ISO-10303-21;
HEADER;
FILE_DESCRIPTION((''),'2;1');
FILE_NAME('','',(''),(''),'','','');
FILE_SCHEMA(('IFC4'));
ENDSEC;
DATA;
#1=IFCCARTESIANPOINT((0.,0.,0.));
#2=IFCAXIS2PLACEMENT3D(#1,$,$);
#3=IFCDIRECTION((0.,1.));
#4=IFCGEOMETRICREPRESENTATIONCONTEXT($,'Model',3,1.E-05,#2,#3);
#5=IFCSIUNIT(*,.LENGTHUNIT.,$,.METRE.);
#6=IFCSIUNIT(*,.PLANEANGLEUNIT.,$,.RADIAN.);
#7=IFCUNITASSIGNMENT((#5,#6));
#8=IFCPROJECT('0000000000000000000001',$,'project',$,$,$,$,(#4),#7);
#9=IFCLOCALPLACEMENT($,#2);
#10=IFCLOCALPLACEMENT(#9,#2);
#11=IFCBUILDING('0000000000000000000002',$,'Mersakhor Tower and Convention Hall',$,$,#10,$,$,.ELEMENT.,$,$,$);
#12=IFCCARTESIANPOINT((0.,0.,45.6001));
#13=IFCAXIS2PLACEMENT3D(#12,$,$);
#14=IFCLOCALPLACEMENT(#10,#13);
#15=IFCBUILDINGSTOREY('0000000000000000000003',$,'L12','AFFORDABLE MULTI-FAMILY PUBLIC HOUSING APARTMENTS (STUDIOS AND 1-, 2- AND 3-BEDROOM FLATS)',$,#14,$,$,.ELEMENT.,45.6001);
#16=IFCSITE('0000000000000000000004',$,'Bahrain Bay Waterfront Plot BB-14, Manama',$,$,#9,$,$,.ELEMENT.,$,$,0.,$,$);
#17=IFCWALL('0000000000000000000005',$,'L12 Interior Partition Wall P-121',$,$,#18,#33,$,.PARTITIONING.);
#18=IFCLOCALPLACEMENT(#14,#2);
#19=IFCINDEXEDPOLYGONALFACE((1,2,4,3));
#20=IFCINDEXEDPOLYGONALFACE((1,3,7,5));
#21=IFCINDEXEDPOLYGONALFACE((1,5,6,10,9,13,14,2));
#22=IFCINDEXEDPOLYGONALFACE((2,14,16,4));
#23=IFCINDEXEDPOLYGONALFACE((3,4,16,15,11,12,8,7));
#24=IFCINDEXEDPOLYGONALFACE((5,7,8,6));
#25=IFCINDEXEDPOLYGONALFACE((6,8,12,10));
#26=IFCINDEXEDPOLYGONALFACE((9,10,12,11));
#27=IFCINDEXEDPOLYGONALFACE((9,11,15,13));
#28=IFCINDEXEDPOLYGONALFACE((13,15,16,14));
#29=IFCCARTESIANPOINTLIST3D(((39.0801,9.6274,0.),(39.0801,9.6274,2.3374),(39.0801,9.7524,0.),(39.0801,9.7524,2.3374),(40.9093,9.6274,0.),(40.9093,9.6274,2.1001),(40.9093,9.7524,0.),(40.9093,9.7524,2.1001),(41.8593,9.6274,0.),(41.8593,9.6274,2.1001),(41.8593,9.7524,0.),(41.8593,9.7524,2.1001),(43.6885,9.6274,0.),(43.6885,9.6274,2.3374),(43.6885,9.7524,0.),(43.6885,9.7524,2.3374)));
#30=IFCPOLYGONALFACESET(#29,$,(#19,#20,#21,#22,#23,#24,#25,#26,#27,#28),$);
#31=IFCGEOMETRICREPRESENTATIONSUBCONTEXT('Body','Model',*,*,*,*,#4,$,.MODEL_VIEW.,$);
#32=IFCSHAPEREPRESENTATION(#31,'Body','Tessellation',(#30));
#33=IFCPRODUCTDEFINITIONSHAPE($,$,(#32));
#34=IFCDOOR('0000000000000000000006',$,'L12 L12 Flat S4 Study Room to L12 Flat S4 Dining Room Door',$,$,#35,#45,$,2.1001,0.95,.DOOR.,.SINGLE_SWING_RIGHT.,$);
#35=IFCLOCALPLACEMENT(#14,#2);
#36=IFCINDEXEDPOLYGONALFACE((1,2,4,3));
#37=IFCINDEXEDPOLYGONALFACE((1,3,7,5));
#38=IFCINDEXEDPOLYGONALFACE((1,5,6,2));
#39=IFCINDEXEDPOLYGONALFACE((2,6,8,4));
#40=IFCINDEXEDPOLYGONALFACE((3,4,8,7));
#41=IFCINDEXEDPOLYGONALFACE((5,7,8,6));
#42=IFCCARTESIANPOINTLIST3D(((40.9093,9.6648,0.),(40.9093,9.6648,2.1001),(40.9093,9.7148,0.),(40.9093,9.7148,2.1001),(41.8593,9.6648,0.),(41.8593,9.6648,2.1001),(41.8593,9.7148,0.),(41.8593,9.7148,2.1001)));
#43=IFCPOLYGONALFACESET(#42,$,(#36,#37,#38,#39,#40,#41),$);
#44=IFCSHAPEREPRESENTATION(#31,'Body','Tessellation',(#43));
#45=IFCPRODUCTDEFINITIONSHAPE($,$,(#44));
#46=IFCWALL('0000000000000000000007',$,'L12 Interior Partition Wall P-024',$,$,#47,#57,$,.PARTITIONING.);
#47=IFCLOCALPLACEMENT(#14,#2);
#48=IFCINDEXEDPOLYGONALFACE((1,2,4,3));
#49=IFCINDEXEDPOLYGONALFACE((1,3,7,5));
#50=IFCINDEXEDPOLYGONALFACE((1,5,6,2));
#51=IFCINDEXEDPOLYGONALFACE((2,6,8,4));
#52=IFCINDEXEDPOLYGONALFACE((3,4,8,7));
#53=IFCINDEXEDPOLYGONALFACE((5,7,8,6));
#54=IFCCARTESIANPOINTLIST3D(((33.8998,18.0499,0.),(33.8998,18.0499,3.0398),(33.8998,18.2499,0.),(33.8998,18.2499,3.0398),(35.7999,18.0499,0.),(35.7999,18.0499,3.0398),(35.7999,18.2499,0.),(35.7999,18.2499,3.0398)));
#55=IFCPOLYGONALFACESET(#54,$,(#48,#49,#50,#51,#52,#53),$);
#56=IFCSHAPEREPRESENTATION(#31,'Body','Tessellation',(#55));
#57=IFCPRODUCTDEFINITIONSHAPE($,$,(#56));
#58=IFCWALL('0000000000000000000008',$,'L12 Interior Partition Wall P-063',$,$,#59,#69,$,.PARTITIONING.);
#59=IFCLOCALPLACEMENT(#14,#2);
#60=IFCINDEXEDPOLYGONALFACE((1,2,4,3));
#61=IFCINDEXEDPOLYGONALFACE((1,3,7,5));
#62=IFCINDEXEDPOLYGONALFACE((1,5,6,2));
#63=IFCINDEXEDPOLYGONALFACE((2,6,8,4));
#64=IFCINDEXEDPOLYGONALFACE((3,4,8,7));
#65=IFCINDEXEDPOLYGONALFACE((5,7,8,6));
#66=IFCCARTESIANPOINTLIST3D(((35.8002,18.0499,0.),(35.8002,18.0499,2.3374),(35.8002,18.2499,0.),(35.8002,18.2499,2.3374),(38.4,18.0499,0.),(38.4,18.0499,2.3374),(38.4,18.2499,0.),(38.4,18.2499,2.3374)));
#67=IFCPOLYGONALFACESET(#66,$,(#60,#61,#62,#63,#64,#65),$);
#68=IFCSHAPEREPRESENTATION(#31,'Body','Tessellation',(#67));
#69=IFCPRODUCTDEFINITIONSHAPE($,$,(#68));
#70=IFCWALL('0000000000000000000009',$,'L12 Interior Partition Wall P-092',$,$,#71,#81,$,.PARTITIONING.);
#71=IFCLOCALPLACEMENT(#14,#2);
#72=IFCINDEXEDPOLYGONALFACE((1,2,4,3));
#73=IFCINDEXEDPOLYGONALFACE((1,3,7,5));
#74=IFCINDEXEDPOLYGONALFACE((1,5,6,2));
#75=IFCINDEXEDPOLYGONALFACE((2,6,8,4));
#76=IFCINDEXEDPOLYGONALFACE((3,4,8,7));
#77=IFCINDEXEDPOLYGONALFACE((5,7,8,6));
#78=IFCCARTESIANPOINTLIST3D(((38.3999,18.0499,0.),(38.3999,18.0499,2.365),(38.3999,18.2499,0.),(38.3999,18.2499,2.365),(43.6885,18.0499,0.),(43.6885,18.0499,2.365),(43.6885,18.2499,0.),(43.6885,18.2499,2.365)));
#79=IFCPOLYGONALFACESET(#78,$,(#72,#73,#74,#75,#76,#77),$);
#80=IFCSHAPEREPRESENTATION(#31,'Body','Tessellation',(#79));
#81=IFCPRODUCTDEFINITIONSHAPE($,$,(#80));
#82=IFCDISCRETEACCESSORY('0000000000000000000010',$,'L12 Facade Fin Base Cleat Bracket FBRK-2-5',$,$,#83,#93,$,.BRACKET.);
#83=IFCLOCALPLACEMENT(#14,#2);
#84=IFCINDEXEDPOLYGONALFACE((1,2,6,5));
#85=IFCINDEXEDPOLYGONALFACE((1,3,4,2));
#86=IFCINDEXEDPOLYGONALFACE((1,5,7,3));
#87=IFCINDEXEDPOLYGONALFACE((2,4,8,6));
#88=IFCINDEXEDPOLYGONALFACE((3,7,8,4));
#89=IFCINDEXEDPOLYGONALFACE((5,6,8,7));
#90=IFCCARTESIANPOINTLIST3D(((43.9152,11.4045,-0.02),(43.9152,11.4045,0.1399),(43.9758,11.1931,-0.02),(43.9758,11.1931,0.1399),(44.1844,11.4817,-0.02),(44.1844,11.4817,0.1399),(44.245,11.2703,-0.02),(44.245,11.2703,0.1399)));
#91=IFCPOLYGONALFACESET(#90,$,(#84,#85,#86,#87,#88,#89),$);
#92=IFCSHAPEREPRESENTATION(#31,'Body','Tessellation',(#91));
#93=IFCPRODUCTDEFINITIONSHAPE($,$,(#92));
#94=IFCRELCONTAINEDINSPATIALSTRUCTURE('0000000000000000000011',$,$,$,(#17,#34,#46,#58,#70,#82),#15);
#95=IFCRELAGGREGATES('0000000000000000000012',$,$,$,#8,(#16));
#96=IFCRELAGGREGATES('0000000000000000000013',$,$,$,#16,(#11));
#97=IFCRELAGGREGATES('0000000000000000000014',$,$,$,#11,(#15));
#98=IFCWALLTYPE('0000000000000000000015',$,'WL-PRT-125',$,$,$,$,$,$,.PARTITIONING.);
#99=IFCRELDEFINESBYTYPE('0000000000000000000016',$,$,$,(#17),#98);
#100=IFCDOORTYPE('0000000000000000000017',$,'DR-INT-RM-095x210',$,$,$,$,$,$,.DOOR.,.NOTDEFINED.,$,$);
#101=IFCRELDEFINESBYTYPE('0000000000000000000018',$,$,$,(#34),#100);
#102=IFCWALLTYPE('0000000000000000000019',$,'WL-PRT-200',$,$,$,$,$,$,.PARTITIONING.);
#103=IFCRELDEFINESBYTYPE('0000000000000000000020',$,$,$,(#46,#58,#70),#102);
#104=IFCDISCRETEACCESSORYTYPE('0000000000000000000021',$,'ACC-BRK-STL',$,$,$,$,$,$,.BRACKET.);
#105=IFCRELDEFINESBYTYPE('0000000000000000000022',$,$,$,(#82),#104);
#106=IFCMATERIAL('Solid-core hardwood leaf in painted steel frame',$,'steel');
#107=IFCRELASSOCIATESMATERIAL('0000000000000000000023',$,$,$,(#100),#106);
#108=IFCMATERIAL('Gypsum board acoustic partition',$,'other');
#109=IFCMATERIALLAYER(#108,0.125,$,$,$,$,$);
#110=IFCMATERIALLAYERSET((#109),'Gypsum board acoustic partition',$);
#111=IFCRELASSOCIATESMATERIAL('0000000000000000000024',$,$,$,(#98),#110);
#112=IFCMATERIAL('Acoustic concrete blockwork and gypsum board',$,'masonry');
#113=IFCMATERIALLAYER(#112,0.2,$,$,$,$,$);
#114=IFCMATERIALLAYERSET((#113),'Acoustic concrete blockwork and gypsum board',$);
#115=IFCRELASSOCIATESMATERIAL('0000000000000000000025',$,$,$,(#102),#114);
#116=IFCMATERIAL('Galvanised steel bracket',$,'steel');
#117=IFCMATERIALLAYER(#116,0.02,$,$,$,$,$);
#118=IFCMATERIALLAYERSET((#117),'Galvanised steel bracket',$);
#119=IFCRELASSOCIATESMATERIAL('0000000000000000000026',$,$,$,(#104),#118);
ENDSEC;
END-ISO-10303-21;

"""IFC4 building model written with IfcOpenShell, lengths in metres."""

from ifc_helpers import new_model, si_unit, direction, frame, frame_2d, origin, origin_2d, place, context, subcontext, project, spatial, rectangle, extrude, material, layer, layer_set, type_object, element, fill, save


model = new_model("IFC4")

# Units and contexts
model_context = context("Model", 3, precision=1e-05, world=origin(), true_north=direction((0.0, 1.0)))
body_context = subcontext(model_context, "Body", "Model", "MODEL_VIEW")
ifc_project = project(units=[si_unit("LENGTHUNIT", "METRE"), si_unit("PLANEANGLEUNIT", "RADIAN")], contexts=[model_context])

# Site, building, storey
site_placement = place(None, origin())
site = spatial("IfcSite", under=ifc_project, at=site_placement, Name="Bahrain Bay Waterfront Plot BB-14, Manama", CompositionType="ELEMENT", RefElevation=0.0)
building_placement = place(site_placement, origin())
building = spatial("IfcBuilding", under=site, at=building_placement, Name="Mersakhor Tower and Convention Hall", CompositionType="ELEMENT")
storey_placement = place(building_placement, frame((0.0, 0.0, 45.6001)))
storey = spatial("IfcBuildingStorey", under=building, at=storey_placement, Name="L12", Description="AFFORDABLE MULTI-FAMILY PUBLIC HOUSING APARTMENTS (STUDIOS AND 1-, 2- AND 3-BEDROOM FLATS)", CompositionType="ELEMENT", Elevation=45.6001)

# Shared definitions
ifc_material_1 = material(Name="Solid-core hardwood leaf in painted steel frame", Category="steel")
door_type_1 = type_object("IfcDoorType", Name="DR-INT-RM-095x210", OperationType="NOTDEFINED", PredefinedType="DOOR", material=ifc_material_1)

# Wall, opening, door
ifc_material_2 = material(Name="Gypsum board acoustic partition", Category="other")
ifc_layer_1 = layer(ifc_material_2, 0.125)
ifc_layer_set_1 = layer_set([ifc_layer_1], Name="Gypsum board acoustic partition")
wall_type_1 = type_object("IfcWallType", Name="WL-PRT-125", PredefinedType="PARTITIONING", material=ifc_layer_set_1)
wall_1_placement = place(storey_placement, frame((39.0801, 9.6899, 0.0), z_axis=(0.0, 0.0, 1.0), x_axis=(1.0, 0.0, 0.0)))
wall_1 = element("IfcWall", 1, at=wall_1_placement, inside=storey, type_object=wall_type_1, Name="L12 Interior Partition Wall P-121", PredefinedType="PARTITIONING", context=body_context, shape_type="SweptSolid", body=[
    extrude(rectangle(XDim=4.6084, YDim=0.125, at=frame_2d((2.3042, 0.0))), origin(), (0.0, 0.0, 1.0), 2.3374),
])
opening_1_placement = place(wall_1_placement, frame((1.8291, 0.0, 0.0)))
opening_1 = element("IfcOpeningElement", 2, at=opening_1_placement, cuts=wall_1, PredefinedType="OPENING", context=body_context, shape_type="SweptSolid", body=[
    extrude(rectangle(XDim=0.95, YDim=2.1001, at=frame_2d((0.4751, 1.05))), frame((0.0, 0.0725, 0.0), z_axis=(0.0, -1.0, 0.0), x_axis=(1.0, 0.0, 0.0)), (0.0, 0.0, 1.0), 0.145),
])
door_1_placement = place(opening_1_placement, origin())
door_1 = element("IfcDoor", 3, at=door_1_placement, inside=storey, type_object=door_type_1, Name="L12 L12 Flat S4 Study Room to L12 Flat S4 Dining Room Door", OperationType="SINGLE_SWING_RIGHT", OverallHeight=2.1001, OverallWidth=0.95, PredefinedType="DOOR", context=body_context, shape_type="SweptSolid", body=[
    extrude(rectangle(XDim=0.95, YDim=2.1001, at=frame_2d((0.4751, 1.05))), frame((0.0, 0.0249, 0.0), z_axis=(0.0, -1.0, 0.0), x_axis=(1.0, 0.0, 0.0)), (0.0, 0.0, 1.0), 0.05),
])
fill(opening_1, door_1)

# Walls
ifc_material_3 = material(Name="Acoustic concrete blockwork and gypsum board", Category="masonry")
ifc_layer_2 = layer(ifc_material_3, 0.2)
ifc_layer_set_2 = layer_set([ifc_layer_2], Name="Acoustic concrete blockwork and gypsum board")
wall_type_2 = type_object("IfcWallType", Name="WL-PRT-200", PredefinedType="PARTITIONING", material=ifc_layer_set_2)
wall_2_placement = place(storey_placement, frame((35.8, 18.1499, 0.0), z_axis=(0.0, 0.0, 1.0), x_axis=(-1.0, 0.0, 0.0)))
element("IfcWall", 4, at=wall_2_placement, inside=storey, type_object=wall_type_2, Name="L12 Interior Partition Wall P-024", PredefinedType="PARTITIONING", context=body_context, shape_type="SweptSolid", body=[
    extrude(rectangle(XDim=1.9001, YDim=0.2, at=frame_2d((0.9502, 0.0))), origin(), (0.0, 0.0, 1.0), 3.0398),
])
wall_3_placement = place(storey_placement, frame((38.3999, 18.1499, 0.0), z_axis=(0.0, 0.0, 1.0), x_axis=(-1.0, 0.0, 0.0)))
element("IfcWall", 5, at=wall_3_placement, inside=storey, type_object=wall_type_2, Name="L12 Interior Partition Wall P-063", PredefinedType="PARTITIONING", context=body_context, shape_type="SweptSolid", body=[
    extrude(rectangle(XDim=2.5999, YDim=0.2, at=frame_2d((1.2998, 0.0))), origin(), (0.0, 0.0, 1.0), 2.3374),
])
wall_4_placement = place(storey_placement, frame((38.3999, 18.1499, 0.0), z_axis=(0.0, 0.0, 1.0), x_axis=(1.0, 0.0, 0.0)))
element("IfcWall", 6, at=wall_4_placement, inside=storey, type_object=wall_type_2, Name="L12 Interior Partition Wall P-092", PredefinedType="PARTITIONING", context=body_context, shape_type="SweptSolid", body=[
    extrude(rectangle(XDim=5.2886, YDim=0.2, at=frame_2d((2.6443, 0.0))), origin(), (0.0, 0.0, 1.0), 2.365),
])

# Discrete accessory
ifc_material_4 = material(Name="Galvanised steel bracket", Category="steel")
ifc_layer_3 = layer(ifc_material_4, 0.02)
ifc_layer_set_3 = layer_set([ifc_layer_3], Name="Galvanised steel bracket")
discrete_accessory_type = type_object("IfcDiscreteAccessoryType", Name="ACC-BRK-STL", PredefinedType="BRACKET", material=ifc_layer_set_3)
discrete_accessory_placement = place(storey_placement, frame((44.0801, 11.3374, -0.02), z_axis=(0.0, 0.0, 1.0), x_axis=(0.961262, 0.275637, 0.0)))
element("IfcDiscreteAccessory", 7, at=discrete_accessory_placement, inside=storey, type_object=discrete_accessory_type, Name="L12 Facade Fin Base Cleat Bracket FBRK-2-5", PredefinedType="BRACKET", context=body_context, shape_type="SweptSolid", body=[
    extrude(rectangle(XDim=0.28, YDim=0.22, at=origin_2d()), origin(), (0.0, 0.0, 1.0), 0.1599),
])

save(model, "model.ifc")
